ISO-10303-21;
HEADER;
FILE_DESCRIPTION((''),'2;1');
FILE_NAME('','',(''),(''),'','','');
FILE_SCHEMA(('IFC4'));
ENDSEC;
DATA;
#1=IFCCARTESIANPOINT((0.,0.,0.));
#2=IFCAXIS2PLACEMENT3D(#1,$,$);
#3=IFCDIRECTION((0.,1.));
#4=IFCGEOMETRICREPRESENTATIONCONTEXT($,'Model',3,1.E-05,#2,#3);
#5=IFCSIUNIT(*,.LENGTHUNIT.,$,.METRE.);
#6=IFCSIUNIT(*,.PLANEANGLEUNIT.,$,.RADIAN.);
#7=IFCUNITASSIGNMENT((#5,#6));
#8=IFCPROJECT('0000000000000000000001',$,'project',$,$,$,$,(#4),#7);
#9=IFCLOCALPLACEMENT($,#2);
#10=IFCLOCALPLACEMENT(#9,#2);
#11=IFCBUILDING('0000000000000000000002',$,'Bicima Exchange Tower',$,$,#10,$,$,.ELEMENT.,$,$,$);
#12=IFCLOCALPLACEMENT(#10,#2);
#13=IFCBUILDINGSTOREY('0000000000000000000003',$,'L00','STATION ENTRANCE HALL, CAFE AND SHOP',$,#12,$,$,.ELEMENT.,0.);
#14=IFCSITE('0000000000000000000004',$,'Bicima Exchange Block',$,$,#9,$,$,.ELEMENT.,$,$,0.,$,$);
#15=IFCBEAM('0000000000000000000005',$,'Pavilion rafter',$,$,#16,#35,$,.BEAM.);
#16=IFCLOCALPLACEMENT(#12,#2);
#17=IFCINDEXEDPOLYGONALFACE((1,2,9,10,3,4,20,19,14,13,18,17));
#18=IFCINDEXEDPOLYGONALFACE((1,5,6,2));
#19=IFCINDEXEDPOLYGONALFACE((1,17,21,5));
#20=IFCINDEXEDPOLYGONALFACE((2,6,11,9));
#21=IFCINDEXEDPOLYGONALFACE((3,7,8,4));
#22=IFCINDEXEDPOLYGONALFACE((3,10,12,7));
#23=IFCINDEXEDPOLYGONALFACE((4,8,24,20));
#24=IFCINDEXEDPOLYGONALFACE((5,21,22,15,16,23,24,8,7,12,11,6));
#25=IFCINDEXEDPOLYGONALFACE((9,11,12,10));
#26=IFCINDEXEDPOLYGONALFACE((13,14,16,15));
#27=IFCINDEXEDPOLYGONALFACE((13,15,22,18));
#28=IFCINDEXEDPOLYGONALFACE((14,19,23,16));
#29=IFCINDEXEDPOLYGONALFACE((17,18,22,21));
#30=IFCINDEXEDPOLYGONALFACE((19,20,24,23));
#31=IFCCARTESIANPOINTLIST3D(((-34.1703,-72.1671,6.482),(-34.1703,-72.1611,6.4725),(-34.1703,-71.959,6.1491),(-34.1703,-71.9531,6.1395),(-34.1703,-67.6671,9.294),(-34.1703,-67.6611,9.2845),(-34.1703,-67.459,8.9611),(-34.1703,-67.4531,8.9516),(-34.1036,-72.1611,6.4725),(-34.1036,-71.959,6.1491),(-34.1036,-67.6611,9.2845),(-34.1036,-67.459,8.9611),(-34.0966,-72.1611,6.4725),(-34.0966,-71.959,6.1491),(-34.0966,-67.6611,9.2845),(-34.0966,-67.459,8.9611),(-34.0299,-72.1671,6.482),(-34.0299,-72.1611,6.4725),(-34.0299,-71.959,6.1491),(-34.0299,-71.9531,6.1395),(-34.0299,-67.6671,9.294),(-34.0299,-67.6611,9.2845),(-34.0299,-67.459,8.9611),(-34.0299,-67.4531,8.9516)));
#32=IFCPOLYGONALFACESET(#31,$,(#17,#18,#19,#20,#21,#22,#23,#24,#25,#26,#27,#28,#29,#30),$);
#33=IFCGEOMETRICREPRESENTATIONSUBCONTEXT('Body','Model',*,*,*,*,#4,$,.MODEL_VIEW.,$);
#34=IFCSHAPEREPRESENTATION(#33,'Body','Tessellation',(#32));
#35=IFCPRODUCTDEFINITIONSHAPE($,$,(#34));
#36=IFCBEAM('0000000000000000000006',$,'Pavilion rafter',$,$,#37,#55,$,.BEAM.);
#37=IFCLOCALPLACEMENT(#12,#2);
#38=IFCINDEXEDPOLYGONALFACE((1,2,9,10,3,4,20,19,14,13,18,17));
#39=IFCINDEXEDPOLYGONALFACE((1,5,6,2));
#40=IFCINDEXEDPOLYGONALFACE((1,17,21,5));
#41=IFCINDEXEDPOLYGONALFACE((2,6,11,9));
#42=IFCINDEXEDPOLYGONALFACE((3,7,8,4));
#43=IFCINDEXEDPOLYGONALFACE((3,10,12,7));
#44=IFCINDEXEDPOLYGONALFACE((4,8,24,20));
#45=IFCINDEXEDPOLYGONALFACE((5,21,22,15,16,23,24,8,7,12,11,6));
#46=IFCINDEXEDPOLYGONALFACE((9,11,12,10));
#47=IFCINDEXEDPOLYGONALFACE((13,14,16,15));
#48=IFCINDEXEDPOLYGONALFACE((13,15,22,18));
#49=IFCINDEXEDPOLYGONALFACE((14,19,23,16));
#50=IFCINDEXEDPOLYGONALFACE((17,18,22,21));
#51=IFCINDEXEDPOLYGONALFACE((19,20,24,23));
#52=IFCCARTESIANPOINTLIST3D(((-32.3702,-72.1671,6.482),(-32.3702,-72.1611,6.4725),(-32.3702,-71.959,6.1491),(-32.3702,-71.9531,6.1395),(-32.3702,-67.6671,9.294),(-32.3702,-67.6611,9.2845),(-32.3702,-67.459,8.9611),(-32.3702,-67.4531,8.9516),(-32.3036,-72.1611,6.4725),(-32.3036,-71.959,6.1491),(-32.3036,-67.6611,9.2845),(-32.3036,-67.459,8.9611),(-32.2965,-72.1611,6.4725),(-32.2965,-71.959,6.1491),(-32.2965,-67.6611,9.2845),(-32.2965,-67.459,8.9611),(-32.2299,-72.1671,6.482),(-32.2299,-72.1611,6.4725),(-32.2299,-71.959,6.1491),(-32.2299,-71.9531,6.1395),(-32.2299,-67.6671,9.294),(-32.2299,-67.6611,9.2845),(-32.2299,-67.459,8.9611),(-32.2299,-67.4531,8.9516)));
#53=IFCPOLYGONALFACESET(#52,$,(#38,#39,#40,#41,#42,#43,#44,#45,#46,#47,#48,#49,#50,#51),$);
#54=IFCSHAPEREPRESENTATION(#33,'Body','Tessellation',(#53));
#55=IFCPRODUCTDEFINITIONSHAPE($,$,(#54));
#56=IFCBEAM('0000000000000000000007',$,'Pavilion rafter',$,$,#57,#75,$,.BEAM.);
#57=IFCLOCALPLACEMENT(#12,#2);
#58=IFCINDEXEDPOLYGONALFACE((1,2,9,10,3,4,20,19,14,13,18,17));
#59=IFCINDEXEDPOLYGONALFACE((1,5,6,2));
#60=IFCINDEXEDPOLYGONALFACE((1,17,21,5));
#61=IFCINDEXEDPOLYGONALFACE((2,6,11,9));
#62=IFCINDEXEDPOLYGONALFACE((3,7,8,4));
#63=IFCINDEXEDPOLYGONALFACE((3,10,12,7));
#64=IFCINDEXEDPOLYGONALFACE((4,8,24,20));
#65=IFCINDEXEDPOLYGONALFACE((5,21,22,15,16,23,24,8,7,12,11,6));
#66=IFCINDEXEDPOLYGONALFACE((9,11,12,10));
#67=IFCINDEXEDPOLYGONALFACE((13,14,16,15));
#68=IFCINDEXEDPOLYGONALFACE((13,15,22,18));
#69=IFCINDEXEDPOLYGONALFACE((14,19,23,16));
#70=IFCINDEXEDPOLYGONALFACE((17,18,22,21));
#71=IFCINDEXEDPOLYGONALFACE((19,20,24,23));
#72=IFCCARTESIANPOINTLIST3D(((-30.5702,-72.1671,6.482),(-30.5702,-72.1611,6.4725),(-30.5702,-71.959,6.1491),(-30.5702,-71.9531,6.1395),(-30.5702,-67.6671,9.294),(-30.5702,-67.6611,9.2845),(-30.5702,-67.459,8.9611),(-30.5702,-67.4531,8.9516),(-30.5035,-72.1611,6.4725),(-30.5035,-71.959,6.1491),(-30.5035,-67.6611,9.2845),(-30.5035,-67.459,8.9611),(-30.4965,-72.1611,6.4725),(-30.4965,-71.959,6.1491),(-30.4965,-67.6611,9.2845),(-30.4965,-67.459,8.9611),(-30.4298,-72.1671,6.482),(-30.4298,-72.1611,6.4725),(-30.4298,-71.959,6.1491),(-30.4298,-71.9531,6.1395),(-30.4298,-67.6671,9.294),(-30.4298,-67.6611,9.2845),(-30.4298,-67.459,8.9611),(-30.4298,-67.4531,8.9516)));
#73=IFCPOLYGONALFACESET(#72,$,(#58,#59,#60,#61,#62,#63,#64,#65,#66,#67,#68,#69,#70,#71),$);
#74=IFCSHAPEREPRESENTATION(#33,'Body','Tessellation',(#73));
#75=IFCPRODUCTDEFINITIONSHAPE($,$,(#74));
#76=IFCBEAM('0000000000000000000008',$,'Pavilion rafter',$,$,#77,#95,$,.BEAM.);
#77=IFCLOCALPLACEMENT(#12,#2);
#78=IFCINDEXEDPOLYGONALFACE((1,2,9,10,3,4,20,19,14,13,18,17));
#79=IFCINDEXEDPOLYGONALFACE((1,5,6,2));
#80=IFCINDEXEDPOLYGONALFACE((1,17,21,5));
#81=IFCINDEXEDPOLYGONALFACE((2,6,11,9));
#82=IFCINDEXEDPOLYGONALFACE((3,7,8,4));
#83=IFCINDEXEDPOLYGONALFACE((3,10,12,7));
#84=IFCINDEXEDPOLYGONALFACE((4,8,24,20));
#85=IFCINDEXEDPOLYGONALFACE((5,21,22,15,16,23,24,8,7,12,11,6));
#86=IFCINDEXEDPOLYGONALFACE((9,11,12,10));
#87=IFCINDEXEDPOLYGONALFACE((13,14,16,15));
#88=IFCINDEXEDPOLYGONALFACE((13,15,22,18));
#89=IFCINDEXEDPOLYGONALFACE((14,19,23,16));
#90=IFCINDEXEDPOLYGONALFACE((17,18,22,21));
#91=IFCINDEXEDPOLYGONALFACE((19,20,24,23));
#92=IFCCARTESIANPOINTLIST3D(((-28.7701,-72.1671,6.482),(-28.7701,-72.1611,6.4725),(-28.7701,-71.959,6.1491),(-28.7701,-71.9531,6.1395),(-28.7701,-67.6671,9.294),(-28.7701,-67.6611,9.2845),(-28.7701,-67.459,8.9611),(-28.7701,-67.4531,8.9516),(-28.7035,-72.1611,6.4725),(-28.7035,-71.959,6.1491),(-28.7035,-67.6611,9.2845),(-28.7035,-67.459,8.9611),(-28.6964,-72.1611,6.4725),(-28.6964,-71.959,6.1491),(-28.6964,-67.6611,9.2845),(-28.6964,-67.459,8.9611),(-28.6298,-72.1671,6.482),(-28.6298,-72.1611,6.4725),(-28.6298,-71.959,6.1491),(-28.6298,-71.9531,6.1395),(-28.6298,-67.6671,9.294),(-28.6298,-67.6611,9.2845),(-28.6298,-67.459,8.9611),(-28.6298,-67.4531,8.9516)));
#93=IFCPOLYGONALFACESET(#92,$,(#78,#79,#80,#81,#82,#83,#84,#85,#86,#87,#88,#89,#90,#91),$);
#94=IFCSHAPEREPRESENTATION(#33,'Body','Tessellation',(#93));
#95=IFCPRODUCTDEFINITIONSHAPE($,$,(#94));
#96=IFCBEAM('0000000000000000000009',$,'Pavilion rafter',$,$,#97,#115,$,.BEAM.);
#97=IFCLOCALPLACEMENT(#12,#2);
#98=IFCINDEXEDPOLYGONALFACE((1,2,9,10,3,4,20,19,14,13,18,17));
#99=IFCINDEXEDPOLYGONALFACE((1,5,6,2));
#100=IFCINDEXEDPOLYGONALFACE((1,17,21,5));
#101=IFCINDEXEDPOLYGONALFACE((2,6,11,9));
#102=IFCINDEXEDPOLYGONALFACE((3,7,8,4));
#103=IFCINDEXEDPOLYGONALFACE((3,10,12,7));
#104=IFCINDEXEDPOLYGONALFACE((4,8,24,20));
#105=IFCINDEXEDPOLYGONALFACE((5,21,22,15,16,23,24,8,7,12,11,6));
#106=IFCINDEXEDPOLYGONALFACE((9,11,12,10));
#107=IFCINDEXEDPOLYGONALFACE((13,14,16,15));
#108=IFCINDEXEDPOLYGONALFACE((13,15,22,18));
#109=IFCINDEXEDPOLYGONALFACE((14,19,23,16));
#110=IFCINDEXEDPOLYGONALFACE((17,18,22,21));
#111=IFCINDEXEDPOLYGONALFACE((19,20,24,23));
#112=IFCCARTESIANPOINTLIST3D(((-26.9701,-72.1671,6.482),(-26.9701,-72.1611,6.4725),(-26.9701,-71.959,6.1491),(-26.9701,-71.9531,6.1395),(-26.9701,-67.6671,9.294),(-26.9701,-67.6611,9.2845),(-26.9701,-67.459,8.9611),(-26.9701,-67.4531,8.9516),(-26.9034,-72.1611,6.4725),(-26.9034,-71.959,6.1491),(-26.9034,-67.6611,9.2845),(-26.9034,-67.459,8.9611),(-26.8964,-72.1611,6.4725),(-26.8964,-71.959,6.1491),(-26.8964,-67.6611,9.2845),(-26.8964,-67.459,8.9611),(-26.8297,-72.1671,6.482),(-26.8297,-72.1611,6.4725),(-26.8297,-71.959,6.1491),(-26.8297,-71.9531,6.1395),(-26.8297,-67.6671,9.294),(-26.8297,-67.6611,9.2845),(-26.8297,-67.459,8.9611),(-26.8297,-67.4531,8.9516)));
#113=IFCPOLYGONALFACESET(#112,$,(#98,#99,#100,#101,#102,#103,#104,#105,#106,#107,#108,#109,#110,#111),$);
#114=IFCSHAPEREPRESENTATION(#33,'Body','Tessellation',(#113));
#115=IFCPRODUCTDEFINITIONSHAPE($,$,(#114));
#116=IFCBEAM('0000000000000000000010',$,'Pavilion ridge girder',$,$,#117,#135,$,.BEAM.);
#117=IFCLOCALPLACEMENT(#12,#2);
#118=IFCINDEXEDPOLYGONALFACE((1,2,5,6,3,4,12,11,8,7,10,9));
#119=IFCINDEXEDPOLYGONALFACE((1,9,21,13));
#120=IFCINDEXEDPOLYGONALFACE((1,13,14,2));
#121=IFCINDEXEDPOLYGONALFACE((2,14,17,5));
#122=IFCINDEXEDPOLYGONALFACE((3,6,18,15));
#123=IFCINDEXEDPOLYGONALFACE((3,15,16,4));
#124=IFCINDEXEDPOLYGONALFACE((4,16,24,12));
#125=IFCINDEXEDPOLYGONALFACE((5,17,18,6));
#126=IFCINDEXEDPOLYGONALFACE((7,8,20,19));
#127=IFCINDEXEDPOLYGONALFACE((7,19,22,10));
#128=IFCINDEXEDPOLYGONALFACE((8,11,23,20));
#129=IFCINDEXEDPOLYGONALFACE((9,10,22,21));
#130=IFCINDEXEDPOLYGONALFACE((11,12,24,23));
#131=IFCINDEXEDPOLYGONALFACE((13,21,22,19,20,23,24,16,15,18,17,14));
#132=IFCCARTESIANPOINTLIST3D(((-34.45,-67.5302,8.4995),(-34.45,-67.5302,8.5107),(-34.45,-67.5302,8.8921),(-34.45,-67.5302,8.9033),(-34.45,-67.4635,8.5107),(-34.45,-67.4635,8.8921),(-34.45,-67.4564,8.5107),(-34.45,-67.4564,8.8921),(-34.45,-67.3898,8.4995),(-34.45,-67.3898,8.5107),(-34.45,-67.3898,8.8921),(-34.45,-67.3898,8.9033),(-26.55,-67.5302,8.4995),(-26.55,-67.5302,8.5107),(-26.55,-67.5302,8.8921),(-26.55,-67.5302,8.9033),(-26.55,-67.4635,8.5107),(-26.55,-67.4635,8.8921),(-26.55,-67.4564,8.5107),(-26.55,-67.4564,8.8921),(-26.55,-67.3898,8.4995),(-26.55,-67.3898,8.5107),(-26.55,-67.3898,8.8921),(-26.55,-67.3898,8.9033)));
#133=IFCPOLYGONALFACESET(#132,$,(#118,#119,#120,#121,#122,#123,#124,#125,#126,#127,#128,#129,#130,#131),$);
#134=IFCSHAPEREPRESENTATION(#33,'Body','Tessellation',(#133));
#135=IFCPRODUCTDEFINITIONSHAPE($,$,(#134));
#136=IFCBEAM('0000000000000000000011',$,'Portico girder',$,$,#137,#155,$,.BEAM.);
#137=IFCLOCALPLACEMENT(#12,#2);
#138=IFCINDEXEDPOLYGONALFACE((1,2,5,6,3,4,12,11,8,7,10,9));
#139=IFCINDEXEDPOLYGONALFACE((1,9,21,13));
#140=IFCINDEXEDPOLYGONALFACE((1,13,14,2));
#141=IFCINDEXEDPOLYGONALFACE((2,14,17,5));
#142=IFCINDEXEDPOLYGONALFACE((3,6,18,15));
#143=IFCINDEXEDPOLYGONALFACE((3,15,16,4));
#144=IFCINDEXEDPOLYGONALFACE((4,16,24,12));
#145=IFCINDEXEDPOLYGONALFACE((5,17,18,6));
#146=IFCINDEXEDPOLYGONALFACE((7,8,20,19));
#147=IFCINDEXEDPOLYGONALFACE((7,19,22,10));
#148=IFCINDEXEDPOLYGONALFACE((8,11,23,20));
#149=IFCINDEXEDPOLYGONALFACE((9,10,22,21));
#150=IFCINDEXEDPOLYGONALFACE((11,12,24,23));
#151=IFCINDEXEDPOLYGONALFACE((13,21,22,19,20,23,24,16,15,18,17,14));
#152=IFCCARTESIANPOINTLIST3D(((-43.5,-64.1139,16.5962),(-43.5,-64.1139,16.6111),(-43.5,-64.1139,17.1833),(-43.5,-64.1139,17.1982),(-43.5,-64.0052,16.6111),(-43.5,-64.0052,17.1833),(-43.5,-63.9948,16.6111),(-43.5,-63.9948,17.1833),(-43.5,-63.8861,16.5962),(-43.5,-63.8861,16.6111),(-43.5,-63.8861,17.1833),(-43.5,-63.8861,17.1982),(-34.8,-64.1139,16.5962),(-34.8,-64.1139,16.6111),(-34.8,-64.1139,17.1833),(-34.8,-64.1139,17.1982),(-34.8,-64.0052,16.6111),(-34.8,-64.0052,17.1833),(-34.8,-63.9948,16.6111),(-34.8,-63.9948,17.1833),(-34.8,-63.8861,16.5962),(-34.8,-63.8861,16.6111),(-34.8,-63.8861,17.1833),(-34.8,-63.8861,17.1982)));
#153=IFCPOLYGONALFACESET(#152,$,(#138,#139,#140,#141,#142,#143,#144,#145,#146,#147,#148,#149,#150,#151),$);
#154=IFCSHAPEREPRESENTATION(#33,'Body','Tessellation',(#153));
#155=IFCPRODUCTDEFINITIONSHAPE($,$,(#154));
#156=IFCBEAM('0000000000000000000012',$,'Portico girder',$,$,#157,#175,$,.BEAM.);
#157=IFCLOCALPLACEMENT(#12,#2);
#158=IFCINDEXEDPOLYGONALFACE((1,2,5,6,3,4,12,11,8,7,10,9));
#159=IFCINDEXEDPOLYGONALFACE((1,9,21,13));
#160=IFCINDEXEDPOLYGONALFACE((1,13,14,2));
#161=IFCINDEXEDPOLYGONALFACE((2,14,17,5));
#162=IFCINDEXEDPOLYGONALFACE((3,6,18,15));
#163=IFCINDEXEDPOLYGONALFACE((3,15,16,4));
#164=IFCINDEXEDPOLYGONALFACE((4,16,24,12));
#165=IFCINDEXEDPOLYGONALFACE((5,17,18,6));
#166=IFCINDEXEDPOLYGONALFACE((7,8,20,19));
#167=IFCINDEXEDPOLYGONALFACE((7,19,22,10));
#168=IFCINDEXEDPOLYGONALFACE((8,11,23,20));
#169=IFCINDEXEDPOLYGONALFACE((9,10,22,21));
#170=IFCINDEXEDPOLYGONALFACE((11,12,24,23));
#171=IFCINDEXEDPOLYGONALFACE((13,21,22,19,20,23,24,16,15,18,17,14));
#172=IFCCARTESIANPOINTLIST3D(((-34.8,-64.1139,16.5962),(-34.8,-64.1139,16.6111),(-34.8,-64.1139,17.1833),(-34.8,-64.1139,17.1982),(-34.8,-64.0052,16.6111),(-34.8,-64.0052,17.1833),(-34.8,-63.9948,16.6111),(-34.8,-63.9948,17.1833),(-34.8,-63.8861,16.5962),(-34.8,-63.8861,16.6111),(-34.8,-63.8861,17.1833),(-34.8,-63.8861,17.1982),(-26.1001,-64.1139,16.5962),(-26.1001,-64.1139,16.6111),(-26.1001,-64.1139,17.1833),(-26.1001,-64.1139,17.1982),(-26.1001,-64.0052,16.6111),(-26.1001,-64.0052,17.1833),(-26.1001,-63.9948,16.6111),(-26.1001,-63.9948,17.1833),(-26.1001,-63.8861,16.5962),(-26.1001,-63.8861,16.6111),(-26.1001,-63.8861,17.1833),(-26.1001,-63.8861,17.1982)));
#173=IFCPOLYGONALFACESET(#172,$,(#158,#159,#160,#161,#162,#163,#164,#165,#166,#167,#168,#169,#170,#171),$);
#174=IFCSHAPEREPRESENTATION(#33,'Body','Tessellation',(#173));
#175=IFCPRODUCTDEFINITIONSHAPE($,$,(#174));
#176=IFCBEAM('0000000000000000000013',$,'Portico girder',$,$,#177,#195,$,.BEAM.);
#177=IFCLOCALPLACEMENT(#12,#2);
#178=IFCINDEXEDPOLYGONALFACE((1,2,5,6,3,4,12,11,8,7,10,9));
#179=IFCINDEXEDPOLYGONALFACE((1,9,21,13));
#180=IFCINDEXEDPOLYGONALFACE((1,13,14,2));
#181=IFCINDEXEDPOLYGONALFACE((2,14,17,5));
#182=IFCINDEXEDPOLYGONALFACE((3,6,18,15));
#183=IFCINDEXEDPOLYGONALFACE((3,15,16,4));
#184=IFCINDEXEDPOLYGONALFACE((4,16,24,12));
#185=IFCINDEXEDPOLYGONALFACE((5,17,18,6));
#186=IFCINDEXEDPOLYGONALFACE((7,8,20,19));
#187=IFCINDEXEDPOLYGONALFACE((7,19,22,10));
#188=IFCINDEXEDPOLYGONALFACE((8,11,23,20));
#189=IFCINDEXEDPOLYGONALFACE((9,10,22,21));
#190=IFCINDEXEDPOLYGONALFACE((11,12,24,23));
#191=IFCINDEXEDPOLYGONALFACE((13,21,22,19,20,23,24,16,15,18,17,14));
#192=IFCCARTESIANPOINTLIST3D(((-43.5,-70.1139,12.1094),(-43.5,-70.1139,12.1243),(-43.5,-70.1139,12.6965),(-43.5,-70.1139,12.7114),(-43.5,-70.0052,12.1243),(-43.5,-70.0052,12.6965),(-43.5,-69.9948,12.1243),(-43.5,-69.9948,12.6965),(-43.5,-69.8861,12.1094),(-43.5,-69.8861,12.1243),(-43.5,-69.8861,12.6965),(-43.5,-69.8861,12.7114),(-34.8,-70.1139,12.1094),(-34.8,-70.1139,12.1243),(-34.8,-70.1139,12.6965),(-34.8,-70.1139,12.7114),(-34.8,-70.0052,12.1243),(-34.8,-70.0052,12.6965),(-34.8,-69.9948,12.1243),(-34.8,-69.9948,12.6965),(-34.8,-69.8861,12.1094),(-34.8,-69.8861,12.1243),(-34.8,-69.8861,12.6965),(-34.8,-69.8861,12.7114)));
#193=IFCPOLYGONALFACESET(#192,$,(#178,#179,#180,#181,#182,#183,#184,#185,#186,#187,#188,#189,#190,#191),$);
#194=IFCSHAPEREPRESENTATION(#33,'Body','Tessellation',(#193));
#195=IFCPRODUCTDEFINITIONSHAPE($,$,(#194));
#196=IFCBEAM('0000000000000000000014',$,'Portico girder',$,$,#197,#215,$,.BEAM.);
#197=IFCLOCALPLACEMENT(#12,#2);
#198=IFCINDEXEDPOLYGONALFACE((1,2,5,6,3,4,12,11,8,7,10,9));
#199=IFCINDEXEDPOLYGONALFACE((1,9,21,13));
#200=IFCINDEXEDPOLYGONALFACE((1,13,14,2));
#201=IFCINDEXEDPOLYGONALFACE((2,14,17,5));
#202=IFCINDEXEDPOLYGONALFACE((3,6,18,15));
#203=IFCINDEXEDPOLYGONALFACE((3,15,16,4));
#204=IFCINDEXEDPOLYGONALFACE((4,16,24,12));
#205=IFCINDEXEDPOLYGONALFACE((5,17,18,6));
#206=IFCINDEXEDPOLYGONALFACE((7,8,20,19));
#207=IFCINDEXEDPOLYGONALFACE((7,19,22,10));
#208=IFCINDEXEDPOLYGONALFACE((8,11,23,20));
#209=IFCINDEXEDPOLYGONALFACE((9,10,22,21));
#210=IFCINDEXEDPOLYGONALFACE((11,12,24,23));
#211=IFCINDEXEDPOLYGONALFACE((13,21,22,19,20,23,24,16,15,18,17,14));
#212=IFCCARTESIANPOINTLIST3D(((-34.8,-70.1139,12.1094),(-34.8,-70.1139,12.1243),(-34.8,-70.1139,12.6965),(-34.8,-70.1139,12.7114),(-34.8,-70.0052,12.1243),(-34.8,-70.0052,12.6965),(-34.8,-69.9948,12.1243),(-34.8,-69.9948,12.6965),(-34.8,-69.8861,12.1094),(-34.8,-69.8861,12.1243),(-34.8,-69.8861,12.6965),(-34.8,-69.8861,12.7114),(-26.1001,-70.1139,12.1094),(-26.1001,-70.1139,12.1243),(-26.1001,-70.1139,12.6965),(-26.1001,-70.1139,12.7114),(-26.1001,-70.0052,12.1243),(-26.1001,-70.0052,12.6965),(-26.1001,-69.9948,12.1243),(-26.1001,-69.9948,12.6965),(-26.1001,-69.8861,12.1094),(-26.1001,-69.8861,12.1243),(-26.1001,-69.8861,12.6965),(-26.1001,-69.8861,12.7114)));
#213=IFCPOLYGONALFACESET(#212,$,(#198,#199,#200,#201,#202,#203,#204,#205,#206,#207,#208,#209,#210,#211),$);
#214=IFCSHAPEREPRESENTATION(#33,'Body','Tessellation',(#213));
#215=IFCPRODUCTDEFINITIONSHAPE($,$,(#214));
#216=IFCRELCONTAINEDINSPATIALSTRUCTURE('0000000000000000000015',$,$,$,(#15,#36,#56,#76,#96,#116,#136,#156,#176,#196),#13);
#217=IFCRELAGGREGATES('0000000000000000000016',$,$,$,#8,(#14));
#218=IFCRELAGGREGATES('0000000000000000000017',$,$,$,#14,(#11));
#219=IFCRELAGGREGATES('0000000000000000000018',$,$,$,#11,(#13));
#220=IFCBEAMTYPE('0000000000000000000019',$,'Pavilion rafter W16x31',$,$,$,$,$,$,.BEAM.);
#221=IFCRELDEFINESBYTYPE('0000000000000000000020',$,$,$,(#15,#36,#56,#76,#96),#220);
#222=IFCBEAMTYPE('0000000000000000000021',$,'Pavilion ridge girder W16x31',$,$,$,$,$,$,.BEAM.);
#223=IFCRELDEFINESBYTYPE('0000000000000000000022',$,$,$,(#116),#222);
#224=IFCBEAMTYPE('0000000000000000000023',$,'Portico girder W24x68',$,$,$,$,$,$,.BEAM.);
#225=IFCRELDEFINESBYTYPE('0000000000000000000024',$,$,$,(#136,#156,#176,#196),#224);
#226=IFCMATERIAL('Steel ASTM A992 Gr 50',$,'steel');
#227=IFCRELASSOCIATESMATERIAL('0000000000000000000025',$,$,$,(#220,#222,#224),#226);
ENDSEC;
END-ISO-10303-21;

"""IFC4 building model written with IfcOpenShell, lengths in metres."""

from ifc_helpers import new_model, si_unit, direction, frame, origin, origin_2d, place, context, subcontext, project, spatial, i_section, extrude, material, material_profile, profile_set, type_object, element, save


model = new_model("IFC4")

# Units and contexts
model_context = context("Model", 3, precision=1e-05, world=origin(), true_north=direction((0.0, 1.0)))
body_context = subcontext(model_context, "Body", "Model", "MODEL_VIEW")
ifc_project = project(units=[si_unit("LENGTHUNIT", "METRE"), si_unit("PLANEANGLEUNIT", "RADIAN")], contexts=[model_context])

# Site, building, storey
site_placement = place(None, origin())
site = spatial("IfcSite", under=ifc_project, at=site_placement, Name="Bicima Exchange Block", CompositionType="ELEMENT", RefElevation=0.0)
building_placement = place(site_placement, origin())
building = spatial("IfcBuilding", under=site, at=building_placement, Name="Bicima Exchange Tower", CompositionType="ELEMENT")
storey_placement = place(building_placement, origin())
storey = spatial("IfcBuildingStorey", under=building, at=storey_placement, Name="L00", Description="STATION ENTRANCE HALL, CAFE AND SHOP", CompositionType="ELEMENT", Elevation=0.0)

# Beams
ifc_material_1 = material(Name="Steel ASTM A992 Gr 50", Category="steel")
ifc_material_profile_1 = material_profile(ifc_material_1, i_section(OverallWidth=0.1404, OverallDepth=0.4038, WebThickness=0.0071, FlangeThickness=0.0112, at=origin_2d()))
ifc_profile_set_1 = profile_set([ifc_material_profile_1], Name="Steel ASTM A992 Gr 50")
beam_type_1 = type_object("IfcBeamType", Name="Pavilion rafter W16x31", PredefinedType="BEAM", material=ifc_profile_set_1)
for number, where, z_axis, x_axis, name in (
    (1, (-34.1001, -67.5601, 9.1228), (0.0, -0.84804, -0.529933), (1.0, 0.0, 0.0), "Pavilion rafter"),
    (2, (-32.3, -67.5601, 9.1228), (0.0, -0.84804, -0.529933), (1.0, 0.0, 0.0), "Pavilion rafter"),
    (3, (-30.5, -67.5601, 9.1228), (0.0, -0.84804, -0.529933), (1.0, 0.0, 0.0), "Pavilion rafter"),
    (4, (-28.7, -67.5601, 9.1228), (0.0, -0.84804, -0.529933), (1.0, 0.0, 0.0), "Pavilion rafter"),
    (5, (-26.8999, -67.5601, 9.1228), (0.0, -0.84804, -0.529933), (1.0, 0.0, 0.0), "Pavilion rafter"),
):
    element("IfcBeam", number, at=place(storey_placement, frame(where, z_axis=z_axis, x_axis=x_axis)), inside=storey, type_object=beam_type_1, Name=name, PredefinedType="BEAM", context=body_context, shape_type="SweptSolid", body=[
        extrude(i_section(OverallWidth=0.1404, OverallDepth=0.4038, WebThickness=0.0071, FlangeThickness=0.0112, at=origin_2d()), origin(), (0.0, 0.0, 1.0), 5.3064),
    ])
beam_type_2 = type_object("IfcBeamType", Name="Pavilion ridge girder W16x31", PredefinedType="BEAM", material=ifc_profile_set_1)
beam_placement = place(storey_placement, frame((-34.45, -67.46, 8.7014), z_axis=(1.0, 0.0, 0.0), x_axis=(0.0, 1.0, 0.0)))
element("IfcBeam", 6, at=beam_placement, inside=storey, type_object=beam_type_2, Name="Pavilion ridge girder", PredefinedType="BEAM", context=body_context, shape_type="SweptSolid", body=[
    extrude(i_section(OverallWidth=0.1404, OverallDepth=0.4038, WebThickness=0.0071, FlangeThickness=0.0112, at=origin_2d()), origin(), (0.0, 0.0, 1.0), 7.8999),
])
ifc_material_profile_2 = material_profile(ifc_material_1, i_section(OverallWidth=0.2278, OverallDepth=0.6021, WebThickness=0.0105, FlangeThickness=0.0149, at=origin_2d()))
ifc_profile_set_2 = profile_set([ifc_material_profile_2], Name="Steel ASTM A992 Gr 50")
beam_type_3 = type_object("IfcBeamType", Name="Portico girder W24x68", PredefinedType="BEAM", material=ifc_profile_set_2)
for number, where, z_axis, x_axis, name in (
    (7, (-43.5, -64.0, 16.8972), (1.0, 0.0, 0.0), (0.0, 1.0, 0.0), "Portico girder"),
    (8, (-34.8, -64.0, 16.8972), (1.0, 0.0, 0.0), (0.0, 1.0, 0.0), "Portico girder"),
    (9, (-43.5, -70.0, 12.4104), (1.0, 0.0, 0.0), (0.0, 1.0, 0.0), "Portico girder"),
    (10, (-34.8, -70.0, 12.4104), (1.0, 0.0, 0.0), (0.0, 1.0, 0.0), "Portico girder"),
):
    element("IfcBeam", number, at=place(storey_placement, frame(where, z_axis=z_axis, x_axis=x_axis)), inside=storey, type_object=beam_type_3, Name=name, PredefinedType="BEAM", context=body_context, shape_type="SweptSolid", body=[
        extrude(i_section(OverallWidth=0.2278, OverallDepth=0.6021, WebThickness=0.0105, FlangeThickness=0.0149, at=origin_2d()), origin(), (0.0, 0.0, 1.0), 8.7),
    ])

save(model, "model.ifc")
